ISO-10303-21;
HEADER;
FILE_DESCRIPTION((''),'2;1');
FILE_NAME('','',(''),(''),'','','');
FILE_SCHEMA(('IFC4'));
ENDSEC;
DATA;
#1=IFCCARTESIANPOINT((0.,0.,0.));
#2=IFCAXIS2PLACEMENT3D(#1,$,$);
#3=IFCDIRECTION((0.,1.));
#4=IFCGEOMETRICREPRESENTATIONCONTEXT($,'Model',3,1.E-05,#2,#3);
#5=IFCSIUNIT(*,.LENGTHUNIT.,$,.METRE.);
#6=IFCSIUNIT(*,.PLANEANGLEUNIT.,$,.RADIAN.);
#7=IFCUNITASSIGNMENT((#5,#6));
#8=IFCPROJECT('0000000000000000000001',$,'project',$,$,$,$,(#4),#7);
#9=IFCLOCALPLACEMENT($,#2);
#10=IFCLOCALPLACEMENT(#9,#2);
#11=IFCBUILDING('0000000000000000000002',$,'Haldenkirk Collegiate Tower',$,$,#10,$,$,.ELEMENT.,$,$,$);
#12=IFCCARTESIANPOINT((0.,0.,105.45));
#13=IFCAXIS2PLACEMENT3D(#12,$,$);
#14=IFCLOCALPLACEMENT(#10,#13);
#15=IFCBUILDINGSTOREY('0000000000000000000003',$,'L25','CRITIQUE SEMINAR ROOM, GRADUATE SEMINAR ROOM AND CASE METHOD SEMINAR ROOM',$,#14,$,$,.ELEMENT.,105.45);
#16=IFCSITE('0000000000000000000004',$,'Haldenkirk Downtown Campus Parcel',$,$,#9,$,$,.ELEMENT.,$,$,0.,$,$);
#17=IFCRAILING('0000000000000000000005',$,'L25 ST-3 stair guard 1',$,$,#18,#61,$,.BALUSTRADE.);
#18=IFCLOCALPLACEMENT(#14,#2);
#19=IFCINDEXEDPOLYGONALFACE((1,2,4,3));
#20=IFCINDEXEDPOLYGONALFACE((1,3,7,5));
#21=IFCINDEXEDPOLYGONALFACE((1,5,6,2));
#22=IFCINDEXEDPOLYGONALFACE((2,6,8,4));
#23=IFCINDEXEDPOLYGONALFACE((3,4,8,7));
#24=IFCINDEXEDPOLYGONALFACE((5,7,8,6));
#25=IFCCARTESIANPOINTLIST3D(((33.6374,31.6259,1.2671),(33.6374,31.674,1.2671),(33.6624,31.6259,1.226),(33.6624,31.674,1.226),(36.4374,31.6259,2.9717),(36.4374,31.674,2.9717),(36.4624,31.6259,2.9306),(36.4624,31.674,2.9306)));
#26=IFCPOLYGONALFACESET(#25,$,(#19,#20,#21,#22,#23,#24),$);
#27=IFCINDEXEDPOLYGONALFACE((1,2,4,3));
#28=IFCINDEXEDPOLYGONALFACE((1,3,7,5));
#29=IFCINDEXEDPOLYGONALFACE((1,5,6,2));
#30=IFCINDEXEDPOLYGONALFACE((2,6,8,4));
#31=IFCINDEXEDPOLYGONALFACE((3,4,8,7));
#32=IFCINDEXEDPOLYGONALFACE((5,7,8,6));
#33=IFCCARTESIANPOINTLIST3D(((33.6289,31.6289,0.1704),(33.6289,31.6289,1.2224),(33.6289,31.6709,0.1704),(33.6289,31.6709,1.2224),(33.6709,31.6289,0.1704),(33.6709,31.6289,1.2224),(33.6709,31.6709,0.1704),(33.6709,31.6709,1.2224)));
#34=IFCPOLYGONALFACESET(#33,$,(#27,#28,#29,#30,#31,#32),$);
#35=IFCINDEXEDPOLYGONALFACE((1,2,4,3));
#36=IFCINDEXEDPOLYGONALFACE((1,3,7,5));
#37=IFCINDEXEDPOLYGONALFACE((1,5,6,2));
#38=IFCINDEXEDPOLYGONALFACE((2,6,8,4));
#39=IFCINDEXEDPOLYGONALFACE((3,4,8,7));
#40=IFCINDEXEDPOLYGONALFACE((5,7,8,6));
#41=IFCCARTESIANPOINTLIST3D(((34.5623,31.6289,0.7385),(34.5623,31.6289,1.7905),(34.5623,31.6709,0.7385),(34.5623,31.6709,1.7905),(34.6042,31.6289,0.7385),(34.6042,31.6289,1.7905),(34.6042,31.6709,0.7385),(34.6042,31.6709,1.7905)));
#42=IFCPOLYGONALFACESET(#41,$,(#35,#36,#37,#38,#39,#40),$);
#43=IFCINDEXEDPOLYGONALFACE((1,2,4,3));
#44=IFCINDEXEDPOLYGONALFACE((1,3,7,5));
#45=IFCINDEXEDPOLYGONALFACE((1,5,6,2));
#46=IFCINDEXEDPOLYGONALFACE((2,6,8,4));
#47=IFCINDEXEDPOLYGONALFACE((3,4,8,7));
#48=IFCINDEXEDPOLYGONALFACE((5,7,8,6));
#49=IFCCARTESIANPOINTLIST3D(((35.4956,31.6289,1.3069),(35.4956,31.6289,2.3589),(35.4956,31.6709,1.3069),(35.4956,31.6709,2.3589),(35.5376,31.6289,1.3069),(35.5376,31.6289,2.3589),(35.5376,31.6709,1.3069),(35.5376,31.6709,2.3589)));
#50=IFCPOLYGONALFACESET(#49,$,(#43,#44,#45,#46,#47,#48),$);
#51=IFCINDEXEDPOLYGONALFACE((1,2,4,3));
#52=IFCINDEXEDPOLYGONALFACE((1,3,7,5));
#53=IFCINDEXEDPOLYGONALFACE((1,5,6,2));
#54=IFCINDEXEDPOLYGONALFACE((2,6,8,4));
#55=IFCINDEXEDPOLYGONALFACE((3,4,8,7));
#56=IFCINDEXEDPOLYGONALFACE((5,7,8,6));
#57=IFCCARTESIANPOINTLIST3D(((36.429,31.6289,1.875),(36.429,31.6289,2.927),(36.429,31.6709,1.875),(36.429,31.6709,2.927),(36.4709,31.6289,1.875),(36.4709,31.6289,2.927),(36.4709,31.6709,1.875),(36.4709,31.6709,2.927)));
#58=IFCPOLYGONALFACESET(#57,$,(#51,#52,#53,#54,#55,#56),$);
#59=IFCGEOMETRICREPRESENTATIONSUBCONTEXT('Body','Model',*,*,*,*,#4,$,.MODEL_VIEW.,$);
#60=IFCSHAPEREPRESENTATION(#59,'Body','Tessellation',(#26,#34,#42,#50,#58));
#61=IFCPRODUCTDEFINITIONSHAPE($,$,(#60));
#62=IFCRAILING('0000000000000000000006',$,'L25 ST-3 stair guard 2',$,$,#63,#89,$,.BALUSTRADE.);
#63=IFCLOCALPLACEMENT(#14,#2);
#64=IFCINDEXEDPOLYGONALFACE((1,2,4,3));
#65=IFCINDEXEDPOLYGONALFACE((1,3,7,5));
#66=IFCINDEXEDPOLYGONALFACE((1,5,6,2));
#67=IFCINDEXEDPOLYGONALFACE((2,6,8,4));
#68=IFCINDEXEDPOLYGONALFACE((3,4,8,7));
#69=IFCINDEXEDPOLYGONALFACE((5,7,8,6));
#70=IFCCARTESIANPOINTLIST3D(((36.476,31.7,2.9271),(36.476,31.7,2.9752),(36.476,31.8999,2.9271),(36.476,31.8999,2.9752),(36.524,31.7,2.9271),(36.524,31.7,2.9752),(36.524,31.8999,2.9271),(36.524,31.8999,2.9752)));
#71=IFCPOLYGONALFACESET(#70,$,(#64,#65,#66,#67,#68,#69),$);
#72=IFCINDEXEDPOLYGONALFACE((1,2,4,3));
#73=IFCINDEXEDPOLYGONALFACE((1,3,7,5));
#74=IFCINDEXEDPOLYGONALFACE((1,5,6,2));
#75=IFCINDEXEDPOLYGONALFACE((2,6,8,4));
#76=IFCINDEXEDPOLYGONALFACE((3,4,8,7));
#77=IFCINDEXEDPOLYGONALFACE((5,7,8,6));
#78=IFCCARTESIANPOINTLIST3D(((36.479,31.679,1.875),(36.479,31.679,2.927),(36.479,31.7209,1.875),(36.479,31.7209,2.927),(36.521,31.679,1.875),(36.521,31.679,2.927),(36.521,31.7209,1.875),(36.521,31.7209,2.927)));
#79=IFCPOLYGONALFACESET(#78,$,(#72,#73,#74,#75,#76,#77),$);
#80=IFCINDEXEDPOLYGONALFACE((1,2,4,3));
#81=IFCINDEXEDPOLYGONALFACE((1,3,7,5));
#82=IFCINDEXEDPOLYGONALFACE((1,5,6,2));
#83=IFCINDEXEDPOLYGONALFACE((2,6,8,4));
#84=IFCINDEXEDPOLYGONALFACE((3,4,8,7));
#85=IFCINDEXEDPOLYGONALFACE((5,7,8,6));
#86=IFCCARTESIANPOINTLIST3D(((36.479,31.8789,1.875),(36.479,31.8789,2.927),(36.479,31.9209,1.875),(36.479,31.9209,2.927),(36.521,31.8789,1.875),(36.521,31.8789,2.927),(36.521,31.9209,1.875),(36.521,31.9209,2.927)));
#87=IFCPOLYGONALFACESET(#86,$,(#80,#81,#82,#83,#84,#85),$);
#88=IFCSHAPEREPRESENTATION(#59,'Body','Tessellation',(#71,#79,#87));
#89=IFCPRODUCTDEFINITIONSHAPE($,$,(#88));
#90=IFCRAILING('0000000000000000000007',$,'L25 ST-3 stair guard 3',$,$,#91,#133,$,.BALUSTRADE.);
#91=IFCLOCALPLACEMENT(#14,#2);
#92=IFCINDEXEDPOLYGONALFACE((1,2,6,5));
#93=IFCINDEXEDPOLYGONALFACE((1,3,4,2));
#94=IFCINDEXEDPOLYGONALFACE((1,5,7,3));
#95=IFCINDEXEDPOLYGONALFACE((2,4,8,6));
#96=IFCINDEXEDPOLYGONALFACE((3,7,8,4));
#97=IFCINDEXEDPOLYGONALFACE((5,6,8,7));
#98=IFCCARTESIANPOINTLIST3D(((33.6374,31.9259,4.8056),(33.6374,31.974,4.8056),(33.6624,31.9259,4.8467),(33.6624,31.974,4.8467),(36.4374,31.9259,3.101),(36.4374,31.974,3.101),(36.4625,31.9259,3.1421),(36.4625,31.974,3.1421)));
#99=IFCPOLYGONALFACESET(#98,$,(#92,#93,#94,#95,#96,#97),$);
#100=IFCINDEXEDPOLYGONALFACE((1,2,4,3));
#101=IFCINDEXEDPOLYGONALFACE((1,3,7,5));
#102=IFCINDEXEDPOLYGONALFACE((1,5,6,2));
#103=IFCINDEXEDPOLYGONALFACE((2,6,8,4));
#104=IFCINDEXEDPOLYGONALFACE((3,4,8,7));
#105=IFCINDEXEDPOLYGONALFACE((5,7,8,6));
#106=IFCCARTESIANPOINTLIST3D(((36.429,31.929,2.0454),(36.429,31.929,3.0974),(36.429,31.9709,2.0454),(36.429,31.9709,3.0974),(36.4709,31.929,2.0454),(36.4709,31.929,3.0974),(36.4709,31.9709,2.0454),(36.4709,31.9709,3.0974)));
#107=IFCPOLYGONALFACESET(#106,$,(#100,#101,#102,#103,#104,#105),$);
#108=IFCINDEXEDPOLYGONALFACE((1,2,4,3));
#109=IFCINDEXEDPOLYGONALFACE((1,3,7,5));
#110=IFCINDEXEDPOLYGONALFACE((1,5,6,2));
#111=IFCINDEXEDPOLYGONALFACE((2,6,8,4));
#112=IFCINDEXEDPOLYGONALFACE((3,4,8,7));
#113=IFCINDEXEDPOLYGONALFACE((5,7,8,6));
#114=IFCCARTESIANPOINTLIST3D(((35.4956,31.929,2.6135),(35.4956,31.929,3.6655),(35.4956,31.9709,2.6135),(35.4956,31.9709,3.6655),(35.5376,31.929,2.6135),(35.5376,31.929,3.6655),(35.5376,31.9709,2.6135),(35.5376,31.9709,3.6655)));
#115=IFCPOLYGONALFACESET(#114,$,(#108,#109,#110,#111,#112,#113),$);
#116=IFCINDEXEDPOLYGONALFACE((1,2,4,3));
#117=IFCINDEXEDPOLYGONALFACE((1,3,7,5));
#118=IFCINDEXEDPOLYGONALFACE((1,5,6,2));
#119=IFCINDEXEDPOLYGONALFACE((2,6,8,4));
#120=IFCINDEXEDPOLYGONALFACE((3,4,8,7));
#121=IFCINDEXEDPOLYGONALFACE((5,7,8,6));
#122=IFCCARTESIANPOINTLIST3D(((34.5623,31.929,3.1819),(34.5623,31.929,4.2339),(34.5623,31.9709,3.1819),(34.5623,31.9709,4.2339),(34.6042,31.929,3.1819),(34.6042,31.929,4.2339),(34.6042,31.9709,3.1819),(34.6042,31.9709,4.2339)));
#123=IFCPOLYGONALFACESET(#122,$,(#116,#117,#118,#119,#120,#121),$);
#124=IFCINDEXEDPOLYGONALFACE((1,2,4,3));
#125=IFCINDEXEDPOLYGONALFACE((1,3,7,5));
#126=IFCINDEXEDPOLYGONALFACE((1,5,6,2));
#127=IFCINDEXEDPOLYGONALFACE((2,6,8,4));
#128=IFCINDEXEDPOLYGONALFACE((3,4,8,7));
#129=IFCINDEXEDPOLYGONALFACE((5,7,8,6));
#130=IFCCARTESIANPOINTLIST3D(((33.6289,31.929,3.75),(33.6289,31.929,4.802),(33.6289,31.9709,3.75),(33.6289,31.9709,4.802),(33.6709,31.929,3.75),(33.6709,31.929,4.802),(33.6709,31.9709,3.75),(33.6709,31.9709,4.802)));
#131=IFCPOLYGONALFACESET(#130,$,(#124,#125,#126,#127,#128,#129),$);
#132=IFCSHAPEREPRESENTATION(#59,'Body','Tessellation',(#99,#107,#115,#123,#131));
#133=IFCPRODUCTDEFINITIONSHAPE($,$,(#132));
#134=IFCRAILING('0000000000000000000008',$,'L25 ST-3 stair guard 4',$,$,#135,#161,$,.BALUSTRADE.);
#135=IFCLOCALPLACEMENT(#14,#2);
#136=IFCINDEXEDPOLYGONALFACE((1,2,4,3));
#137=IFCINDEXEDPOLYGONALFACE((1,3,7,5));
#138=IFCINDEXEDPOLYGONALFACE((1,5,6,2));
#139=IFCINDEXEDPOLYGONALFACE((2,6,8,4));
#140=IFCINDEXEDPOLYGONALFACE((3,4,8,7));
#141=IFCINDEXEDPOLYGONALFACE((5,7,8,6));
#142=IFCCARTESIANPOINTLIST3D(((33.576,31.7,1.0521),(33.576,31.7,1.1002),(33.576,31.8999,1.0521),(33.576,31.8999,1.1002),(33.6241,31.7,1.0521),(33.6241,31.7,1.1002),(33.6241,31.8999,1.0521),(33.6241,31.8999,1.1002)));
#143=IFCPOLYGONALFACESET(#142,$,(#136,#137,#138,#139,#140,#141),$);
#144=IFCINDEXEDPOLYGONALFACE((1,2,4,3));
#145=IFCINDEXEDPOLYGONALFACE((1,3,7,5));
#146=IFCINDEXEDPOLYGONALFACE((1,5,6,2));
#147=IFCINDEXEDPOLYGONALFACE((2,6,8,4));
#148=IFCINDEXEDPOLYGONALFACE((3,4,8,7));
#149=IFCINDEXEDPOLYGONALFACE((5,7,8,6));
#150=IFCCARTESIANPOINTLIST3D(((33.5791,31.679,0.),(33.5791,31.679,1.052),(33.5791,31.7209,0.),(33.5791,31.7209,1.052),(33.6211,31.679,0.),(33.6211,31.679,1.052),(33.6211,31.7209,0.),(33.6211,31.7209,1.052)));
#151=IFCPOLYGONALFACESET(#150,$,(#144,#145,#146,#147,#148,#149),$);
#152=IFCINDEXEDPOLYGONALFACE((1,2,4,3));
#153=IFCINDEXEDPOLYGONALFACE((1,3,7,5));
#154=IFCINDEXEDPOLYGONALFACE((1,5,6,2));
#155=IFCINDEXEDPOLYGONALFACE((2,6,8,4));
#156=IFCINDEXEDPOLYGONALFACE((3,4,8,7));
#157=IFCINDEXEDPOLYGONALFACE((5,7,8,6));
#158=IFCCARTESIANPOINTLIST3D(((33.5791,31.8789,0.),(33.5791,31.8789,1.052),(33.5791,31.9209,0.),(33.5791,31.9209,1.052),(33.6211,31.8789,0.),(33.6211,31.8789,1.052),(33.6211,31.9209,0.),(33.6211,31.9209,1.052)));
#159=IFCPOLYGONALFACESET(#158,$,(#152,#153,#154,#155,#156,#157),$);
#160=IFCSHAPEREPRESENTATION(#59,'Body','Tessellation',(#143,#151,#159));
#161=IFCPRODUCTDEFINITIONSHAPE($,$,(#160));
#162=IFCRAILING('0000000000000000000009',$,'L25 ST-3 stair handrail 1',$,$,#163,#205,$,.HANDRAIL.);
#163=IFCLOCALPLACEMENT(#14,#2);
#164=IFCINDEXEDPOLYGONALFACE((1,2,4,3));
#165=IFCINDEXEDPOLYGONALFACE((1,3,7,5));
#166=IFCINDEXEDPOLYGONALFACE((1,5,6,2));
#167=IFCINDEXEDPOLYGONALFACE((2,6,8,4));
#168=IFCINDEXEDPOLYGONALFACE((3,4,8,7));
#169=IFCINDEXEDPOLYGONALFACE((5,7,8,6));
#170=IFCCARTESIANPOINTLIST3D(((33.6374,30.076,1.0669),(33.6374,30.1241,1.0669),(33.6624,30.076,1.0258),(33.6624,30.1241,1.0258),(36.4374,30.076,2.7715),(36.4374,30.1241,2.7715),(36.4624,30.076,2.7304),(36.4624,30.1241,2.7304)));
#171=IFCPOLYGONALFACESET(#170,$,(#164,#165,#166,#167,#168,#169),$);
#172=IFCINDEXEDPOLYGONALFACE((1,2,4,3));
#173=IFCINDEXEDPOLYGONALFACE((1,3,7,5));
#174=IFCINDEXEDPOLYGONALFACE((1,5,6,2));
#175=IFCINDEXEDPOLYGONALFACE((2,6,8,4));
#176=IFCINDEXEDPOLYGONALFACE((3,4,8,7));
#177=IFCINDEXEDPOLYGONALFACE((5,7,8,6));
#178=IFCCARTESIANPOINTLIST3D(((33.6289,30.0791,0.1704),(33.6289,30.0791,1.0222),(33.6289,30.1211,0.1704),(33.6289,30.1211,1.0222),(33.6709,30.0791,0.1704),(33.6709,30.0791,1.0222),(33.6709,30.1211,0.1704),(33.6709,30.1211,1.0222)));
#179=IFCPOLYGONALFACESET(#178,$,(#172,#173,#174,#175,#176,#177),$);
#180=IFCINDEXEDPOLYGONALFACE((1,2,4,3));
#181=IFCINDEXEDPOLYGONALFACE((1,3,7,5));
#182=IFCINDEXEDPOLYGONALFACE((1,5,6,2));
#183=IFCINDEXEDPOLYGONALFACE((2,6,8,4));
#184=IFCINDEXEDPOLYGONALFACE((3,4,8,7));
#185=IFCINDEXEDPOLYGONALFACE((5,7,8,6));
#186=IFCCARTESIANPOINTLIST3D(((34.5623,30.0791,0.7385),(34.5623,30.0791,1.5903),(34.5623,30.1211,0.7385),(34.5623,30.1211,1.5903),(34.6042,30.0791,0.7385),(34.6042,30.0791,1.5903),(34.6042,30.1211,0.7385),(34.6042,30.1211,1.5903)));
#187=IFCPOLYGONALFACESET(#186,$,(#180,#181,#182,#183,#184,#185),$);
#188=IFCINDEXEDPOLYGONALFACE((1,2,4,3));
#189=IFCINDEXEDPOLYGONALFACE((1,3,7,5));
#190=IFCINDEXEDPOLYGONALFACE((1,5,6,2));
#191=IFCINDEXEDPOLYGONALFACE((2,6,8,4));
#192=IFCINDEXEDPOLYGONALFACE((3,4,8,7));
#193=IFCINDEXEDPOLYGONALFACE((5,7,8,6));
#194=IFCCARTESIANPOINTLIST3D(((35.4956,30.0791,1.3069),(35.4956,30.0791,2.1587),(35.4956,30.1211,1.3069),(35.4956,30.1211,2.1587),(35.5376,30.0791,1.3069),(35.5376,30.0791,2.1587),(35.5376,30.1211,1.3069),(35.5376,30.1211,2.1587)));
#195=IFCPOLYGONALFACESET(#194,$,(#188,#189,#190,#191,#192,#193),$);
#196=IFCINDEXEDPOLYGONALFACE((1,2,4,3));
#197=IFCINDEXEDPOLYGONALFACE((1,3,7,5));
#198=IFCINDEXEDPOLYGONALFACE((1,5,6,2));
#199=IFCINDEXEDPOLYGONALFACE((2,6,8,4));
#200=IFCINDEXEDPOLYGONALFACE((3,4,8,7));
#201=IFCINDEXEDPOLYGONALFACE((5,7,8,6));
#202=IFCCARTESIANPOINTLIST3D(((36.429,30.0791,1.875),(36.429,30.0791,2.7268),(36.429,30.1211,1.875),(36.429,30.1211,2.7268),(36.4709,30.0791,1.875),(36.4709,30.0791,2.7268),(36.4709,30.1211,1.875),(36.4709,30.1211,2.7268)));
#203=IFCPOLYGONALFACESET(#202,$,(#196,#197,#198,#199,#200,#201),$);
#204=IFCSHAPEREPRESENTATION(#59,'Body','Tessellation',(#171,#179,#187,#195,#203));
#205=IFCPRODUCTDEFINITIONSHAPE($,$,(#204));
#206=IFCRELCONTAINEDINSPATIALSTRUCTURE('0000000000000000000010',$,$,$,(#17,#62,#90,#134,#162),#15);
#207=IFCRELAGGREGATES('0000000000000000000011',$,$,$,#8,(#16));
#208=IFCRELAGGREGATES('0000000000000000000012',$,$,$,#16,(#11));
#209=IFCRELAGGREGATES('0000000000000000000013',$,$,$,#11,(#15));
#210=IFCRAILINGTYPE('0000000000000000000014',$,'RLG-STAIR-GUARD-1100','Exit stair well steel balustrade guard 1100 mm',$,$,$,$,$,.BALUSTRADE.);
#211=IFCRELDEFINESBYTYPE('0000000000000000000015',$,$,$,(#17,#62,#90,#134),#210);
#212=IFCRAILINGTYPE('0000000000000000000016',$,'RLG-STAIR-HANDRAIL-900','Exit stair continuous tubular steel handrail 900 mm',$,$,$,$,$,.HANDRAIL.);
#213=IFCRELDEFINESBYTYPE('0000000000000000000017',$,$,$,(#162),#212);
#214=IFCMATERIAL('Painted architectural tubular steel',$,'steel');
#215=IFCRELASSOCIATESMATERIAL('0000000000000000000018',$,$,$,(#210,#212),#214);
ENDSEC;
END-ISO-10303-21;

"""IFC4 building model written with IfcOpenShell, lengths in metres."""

from ifc_helpers import new_model, si_unit, direction, frame, origin, origin_2d, place, context, subcontext, project, spatial, rectangle, extrude, material, type_object, element, save


model = new_model("IFC4")

# Units and contexts
model_context = context("Model", 3, precision=1e-05, world=origin(), true_north=direction((0.0, 1.0)))
body_context = subcontext(model_context, "Body", "Model", "MODEL_VIEW")
ifc_project = project(units=[si_unit("LENGTHUNIT", "METRE"), si_unit("PLANEANGLEUNIT", "RADIAN")], contexts=[model_context])

# Site, building, storey
site_placement = place(None, origin())
site = spatial("IfcSite", under=ifc_project, at=site_placement, Name="Haldenkirk Downtown Campus Parcel", CompositionType="ELEMENT", RefElevation=0.0)
building_placement = place(site_placement, origin())
building = spatial("IfcBuilding", under=site, at=building_placement, Name="Haldenkirk Collegiate Tower", CompositionType="ELEMENT")
storey_placement = place(building_placement, frame((0.0, 0.0, 105.45)))
storey = spatial("IfcBuildingStorey", under=building, at=storey_placement, Name="L25", Description="CRITIQUE SEMINAR ROOM, GRADUATE SEMINAR ROOM AND CASE METHOD SEMINAR ROOM", CompositionType="ELEMENT", Elevation=105.45)

# Railings
ifc_material_1 = material(Name="Painted architectural tubular steel", Category="steel")
railing_type_1 = type_object("IfcRailingType", Name="RLG-STAIR-GUARD-1100", Description="Exit stair well steel balustrade guard 1100 mm", PredefinedType="BALUSTRADE", material=ifc_material_1)
railing_1_placement = place(storey_placement, frame((33.6499, 31.6499, 0.1704)))
element("IfcRailing", 1, at=railing_1_placement, inside=storey, type_object=railing_type_1, Name="L25 ST-3 stair guard 1", PredefinedType="BALUSTRADE", context=body_context, shape_type="SweptSolid", body=[
    extrude(rectangle(XDim=0.0481, YDim=0.0481, at=origin_2d()), frame((0.0, 0.0, 1.0762), z_axis=(0.85417, 0.0, 0.519994), x_axis=(0.0, 1.0, 0.0)), (0.0, 0.0, 1.0), 3.2781),
    extrude(rectangle(XDim=0.042, YDim=0.042, at=origin_2d()), origin(), (0.0, 0.0, 1.0), 1.052),
    extrude(rectangle(XDim=0.042, YDim=0.042, at=origin_2d()), frame((0.9333, 0.0, 0.5681)), (0.0, 0.0, 1.0), 1.052),
    extrude(rectangle(XDim=0.042, YDim=0.042, at=origin_2d()), frame((1.8667, 0.0, 1.1365)), (0.0, 0.0, 1.0), 1.052),
    extrude(rectangle(XDim=0.042, YDim=0.042, at=origin_2d()), frame((2.8, 0.0, 1.7046)), (0.0, 0.0, 1.0), 1.052),
])
railing_2_placement = place(storey_placement, frame((36.5, 31.7, 1.875)))
element("IfcRailing", 2, at=railing_2_placement, inside=storey, type_object=railing_type_1, Name="L25 ST-3 stair guard 2", PredefinedType="BALUSTRADE", context=body_context, shape_type="SweptSolid", body=[
    extrude(rectangle(XDim=0.0481, YDim=0.0481, at=origin_2d()), frame((0.0, 0.0, 1.0762), z_axis=(0.0, 1.0, 0.0), x_axis=(-1.0, 0.0, 0.0)), (0.0, 0.0, 1.0), 0.2),
    extrude(rectangle(XDim=0.042, YDim=0.042, at=origin_2d()), origin(), (0.0, 0.0, 1.0), 1.052),
    extrude(rectangle(XDim=0.042, YDim=0.042, at=origin_2d()), frame((0.0, 0.2, 0.0)), (0.0, 0.0, 1.0), 1.052),
])
railing_3_placement = place(storey_placement, frame((36.45, 31.95, 2.0454)))
element("IfcRailing", 3, at=railing_3_placement, inside=storey, type_object=railing_type_1, Name="L25 ST-3 stair guard 3", PredefinedType="BALUSTRADE", context=body_context, shape_type="SweptSolid", body=[
    extrude(rectangle(XDim=0.0481, YDim=0.0481, at=origin_2d()), frame((0.0, 0.0, 1.0762), z_axis=(-0.85417, 0.0, 0.519994), x_axis=(0.0, -1.0, 0.0)), (0.0, 0.0, 1.0), 3.2781),
    extrude(rectangle(XDim=0.042, YDim=0.042, at=origin_2d()), origin(), (0.0, 0.0, 1.0), 1.052),
    extrude(rectangle(XDim=0.042, YDim=0.042, at=origin_2d()), frame((-0.9333, 0.0, 0.5681)), (0.0, 0.0, 1.0), 1.052),
    extrude(rectangle(XDim=0.042, YDim=0.042, at=origin_2d()), frame((-1.8667, 0.0, 1.1365)), (0.0, 0.0, 1.0), 1.052),
    extrude(rectangle(XDim=0.042, YDim=0.042, at=origin_2d()), frame((-2.8, 0.0, 1.7046)), (0.0, 0.0, 1.0), 1.052),
])
railing_4_placement = place(storey_placement, frame((33.6001, 31.7, 0.0)))
element("IfcRailing", 4, at=railing_4_placement, inside=storey, type_object=railing_type_1, Name="L25 ST-3 stair guard 4", PredefinedType="BALUSTRADE", context=body_context, shape_type="SweptSolid", body=[
    extrude(rectangle(XDim=0.0481, YDim=0.0481, at=origin_2d()), frame((0.0, 0.0, 1.0762), z_axis=(0.0, 1.0, 0.0), x_axis=(-1.0, 0.0, 0.0)), (0.0, 0.0, 1.0), 0.2),
    extrude(rectangle(XDim=0.042, YDim=0.042, at=origin_2d()), origin(), (0.0, 0.0, 1.0), 1.052),
    extrude(rectangle(XDim=0.042, YDim=0.042, at=origin_2d()), frame((0.0, 0.2, 0.0)), (0.0, 0.0, 1.0), 1.052),
])
railing_type_2 = type_object("IfcRailingType", Name="RLG-STAIR-HANDRAIL-900", Description="Exit stair continuous tubular steel handrail 900 mm", PredefinedType="HANDRAIL", material=ifc_material_1)
railing_5_placement = place(storey_placement, frame((33.6499, 30.1001, 0.1704)))
element("IfcRailing", 5, at=railing_5_placement, inside=storey, type_object=railing_type_2, Name="L25 ST-3 stair handrail 1", PredefinedType="HANDRAIL", context=body_context, shape_type="SweptSolid", body=[
    extrude(rectangle(XDim=0.0481, YDim=0.0481, at=origin_2d()), frame((0.0, 0.0, 0.876), z_axis=(0.85417, 0.0, 0.519994), x_axis=(0.0, 1.0, 0.0)), (0.0, 0.0, 1.0), 3.2781),
    extrude(rectangle(XDim=0.042, YDim=0.042, at=origin_2d()), origin(), (0.0, 0.0, 1.0), 0.8518),
    extrude(rectangle(XDim=0.042, YDim=0.042, at=origin_2d()), frame((0.9333, 0.0, 0.5681)), (0.0, 0.0, 1.0), 0.8518),
    extrude(rectangle(XDim=0.042, YDim=0.042, at=origin_2d()), frame((1.8667, 0.0, 1.1365)), (0.0, 0.0, 1.0), 0.8518),
    extrude(rectangle(XDim=0.042, YDim=0.042, at=origin_2d()), frame((2.8, 0.0, 1.7046)), (0.0, 0.0, 1.0), 0.8518),
])

save(model, "model.ifc")
